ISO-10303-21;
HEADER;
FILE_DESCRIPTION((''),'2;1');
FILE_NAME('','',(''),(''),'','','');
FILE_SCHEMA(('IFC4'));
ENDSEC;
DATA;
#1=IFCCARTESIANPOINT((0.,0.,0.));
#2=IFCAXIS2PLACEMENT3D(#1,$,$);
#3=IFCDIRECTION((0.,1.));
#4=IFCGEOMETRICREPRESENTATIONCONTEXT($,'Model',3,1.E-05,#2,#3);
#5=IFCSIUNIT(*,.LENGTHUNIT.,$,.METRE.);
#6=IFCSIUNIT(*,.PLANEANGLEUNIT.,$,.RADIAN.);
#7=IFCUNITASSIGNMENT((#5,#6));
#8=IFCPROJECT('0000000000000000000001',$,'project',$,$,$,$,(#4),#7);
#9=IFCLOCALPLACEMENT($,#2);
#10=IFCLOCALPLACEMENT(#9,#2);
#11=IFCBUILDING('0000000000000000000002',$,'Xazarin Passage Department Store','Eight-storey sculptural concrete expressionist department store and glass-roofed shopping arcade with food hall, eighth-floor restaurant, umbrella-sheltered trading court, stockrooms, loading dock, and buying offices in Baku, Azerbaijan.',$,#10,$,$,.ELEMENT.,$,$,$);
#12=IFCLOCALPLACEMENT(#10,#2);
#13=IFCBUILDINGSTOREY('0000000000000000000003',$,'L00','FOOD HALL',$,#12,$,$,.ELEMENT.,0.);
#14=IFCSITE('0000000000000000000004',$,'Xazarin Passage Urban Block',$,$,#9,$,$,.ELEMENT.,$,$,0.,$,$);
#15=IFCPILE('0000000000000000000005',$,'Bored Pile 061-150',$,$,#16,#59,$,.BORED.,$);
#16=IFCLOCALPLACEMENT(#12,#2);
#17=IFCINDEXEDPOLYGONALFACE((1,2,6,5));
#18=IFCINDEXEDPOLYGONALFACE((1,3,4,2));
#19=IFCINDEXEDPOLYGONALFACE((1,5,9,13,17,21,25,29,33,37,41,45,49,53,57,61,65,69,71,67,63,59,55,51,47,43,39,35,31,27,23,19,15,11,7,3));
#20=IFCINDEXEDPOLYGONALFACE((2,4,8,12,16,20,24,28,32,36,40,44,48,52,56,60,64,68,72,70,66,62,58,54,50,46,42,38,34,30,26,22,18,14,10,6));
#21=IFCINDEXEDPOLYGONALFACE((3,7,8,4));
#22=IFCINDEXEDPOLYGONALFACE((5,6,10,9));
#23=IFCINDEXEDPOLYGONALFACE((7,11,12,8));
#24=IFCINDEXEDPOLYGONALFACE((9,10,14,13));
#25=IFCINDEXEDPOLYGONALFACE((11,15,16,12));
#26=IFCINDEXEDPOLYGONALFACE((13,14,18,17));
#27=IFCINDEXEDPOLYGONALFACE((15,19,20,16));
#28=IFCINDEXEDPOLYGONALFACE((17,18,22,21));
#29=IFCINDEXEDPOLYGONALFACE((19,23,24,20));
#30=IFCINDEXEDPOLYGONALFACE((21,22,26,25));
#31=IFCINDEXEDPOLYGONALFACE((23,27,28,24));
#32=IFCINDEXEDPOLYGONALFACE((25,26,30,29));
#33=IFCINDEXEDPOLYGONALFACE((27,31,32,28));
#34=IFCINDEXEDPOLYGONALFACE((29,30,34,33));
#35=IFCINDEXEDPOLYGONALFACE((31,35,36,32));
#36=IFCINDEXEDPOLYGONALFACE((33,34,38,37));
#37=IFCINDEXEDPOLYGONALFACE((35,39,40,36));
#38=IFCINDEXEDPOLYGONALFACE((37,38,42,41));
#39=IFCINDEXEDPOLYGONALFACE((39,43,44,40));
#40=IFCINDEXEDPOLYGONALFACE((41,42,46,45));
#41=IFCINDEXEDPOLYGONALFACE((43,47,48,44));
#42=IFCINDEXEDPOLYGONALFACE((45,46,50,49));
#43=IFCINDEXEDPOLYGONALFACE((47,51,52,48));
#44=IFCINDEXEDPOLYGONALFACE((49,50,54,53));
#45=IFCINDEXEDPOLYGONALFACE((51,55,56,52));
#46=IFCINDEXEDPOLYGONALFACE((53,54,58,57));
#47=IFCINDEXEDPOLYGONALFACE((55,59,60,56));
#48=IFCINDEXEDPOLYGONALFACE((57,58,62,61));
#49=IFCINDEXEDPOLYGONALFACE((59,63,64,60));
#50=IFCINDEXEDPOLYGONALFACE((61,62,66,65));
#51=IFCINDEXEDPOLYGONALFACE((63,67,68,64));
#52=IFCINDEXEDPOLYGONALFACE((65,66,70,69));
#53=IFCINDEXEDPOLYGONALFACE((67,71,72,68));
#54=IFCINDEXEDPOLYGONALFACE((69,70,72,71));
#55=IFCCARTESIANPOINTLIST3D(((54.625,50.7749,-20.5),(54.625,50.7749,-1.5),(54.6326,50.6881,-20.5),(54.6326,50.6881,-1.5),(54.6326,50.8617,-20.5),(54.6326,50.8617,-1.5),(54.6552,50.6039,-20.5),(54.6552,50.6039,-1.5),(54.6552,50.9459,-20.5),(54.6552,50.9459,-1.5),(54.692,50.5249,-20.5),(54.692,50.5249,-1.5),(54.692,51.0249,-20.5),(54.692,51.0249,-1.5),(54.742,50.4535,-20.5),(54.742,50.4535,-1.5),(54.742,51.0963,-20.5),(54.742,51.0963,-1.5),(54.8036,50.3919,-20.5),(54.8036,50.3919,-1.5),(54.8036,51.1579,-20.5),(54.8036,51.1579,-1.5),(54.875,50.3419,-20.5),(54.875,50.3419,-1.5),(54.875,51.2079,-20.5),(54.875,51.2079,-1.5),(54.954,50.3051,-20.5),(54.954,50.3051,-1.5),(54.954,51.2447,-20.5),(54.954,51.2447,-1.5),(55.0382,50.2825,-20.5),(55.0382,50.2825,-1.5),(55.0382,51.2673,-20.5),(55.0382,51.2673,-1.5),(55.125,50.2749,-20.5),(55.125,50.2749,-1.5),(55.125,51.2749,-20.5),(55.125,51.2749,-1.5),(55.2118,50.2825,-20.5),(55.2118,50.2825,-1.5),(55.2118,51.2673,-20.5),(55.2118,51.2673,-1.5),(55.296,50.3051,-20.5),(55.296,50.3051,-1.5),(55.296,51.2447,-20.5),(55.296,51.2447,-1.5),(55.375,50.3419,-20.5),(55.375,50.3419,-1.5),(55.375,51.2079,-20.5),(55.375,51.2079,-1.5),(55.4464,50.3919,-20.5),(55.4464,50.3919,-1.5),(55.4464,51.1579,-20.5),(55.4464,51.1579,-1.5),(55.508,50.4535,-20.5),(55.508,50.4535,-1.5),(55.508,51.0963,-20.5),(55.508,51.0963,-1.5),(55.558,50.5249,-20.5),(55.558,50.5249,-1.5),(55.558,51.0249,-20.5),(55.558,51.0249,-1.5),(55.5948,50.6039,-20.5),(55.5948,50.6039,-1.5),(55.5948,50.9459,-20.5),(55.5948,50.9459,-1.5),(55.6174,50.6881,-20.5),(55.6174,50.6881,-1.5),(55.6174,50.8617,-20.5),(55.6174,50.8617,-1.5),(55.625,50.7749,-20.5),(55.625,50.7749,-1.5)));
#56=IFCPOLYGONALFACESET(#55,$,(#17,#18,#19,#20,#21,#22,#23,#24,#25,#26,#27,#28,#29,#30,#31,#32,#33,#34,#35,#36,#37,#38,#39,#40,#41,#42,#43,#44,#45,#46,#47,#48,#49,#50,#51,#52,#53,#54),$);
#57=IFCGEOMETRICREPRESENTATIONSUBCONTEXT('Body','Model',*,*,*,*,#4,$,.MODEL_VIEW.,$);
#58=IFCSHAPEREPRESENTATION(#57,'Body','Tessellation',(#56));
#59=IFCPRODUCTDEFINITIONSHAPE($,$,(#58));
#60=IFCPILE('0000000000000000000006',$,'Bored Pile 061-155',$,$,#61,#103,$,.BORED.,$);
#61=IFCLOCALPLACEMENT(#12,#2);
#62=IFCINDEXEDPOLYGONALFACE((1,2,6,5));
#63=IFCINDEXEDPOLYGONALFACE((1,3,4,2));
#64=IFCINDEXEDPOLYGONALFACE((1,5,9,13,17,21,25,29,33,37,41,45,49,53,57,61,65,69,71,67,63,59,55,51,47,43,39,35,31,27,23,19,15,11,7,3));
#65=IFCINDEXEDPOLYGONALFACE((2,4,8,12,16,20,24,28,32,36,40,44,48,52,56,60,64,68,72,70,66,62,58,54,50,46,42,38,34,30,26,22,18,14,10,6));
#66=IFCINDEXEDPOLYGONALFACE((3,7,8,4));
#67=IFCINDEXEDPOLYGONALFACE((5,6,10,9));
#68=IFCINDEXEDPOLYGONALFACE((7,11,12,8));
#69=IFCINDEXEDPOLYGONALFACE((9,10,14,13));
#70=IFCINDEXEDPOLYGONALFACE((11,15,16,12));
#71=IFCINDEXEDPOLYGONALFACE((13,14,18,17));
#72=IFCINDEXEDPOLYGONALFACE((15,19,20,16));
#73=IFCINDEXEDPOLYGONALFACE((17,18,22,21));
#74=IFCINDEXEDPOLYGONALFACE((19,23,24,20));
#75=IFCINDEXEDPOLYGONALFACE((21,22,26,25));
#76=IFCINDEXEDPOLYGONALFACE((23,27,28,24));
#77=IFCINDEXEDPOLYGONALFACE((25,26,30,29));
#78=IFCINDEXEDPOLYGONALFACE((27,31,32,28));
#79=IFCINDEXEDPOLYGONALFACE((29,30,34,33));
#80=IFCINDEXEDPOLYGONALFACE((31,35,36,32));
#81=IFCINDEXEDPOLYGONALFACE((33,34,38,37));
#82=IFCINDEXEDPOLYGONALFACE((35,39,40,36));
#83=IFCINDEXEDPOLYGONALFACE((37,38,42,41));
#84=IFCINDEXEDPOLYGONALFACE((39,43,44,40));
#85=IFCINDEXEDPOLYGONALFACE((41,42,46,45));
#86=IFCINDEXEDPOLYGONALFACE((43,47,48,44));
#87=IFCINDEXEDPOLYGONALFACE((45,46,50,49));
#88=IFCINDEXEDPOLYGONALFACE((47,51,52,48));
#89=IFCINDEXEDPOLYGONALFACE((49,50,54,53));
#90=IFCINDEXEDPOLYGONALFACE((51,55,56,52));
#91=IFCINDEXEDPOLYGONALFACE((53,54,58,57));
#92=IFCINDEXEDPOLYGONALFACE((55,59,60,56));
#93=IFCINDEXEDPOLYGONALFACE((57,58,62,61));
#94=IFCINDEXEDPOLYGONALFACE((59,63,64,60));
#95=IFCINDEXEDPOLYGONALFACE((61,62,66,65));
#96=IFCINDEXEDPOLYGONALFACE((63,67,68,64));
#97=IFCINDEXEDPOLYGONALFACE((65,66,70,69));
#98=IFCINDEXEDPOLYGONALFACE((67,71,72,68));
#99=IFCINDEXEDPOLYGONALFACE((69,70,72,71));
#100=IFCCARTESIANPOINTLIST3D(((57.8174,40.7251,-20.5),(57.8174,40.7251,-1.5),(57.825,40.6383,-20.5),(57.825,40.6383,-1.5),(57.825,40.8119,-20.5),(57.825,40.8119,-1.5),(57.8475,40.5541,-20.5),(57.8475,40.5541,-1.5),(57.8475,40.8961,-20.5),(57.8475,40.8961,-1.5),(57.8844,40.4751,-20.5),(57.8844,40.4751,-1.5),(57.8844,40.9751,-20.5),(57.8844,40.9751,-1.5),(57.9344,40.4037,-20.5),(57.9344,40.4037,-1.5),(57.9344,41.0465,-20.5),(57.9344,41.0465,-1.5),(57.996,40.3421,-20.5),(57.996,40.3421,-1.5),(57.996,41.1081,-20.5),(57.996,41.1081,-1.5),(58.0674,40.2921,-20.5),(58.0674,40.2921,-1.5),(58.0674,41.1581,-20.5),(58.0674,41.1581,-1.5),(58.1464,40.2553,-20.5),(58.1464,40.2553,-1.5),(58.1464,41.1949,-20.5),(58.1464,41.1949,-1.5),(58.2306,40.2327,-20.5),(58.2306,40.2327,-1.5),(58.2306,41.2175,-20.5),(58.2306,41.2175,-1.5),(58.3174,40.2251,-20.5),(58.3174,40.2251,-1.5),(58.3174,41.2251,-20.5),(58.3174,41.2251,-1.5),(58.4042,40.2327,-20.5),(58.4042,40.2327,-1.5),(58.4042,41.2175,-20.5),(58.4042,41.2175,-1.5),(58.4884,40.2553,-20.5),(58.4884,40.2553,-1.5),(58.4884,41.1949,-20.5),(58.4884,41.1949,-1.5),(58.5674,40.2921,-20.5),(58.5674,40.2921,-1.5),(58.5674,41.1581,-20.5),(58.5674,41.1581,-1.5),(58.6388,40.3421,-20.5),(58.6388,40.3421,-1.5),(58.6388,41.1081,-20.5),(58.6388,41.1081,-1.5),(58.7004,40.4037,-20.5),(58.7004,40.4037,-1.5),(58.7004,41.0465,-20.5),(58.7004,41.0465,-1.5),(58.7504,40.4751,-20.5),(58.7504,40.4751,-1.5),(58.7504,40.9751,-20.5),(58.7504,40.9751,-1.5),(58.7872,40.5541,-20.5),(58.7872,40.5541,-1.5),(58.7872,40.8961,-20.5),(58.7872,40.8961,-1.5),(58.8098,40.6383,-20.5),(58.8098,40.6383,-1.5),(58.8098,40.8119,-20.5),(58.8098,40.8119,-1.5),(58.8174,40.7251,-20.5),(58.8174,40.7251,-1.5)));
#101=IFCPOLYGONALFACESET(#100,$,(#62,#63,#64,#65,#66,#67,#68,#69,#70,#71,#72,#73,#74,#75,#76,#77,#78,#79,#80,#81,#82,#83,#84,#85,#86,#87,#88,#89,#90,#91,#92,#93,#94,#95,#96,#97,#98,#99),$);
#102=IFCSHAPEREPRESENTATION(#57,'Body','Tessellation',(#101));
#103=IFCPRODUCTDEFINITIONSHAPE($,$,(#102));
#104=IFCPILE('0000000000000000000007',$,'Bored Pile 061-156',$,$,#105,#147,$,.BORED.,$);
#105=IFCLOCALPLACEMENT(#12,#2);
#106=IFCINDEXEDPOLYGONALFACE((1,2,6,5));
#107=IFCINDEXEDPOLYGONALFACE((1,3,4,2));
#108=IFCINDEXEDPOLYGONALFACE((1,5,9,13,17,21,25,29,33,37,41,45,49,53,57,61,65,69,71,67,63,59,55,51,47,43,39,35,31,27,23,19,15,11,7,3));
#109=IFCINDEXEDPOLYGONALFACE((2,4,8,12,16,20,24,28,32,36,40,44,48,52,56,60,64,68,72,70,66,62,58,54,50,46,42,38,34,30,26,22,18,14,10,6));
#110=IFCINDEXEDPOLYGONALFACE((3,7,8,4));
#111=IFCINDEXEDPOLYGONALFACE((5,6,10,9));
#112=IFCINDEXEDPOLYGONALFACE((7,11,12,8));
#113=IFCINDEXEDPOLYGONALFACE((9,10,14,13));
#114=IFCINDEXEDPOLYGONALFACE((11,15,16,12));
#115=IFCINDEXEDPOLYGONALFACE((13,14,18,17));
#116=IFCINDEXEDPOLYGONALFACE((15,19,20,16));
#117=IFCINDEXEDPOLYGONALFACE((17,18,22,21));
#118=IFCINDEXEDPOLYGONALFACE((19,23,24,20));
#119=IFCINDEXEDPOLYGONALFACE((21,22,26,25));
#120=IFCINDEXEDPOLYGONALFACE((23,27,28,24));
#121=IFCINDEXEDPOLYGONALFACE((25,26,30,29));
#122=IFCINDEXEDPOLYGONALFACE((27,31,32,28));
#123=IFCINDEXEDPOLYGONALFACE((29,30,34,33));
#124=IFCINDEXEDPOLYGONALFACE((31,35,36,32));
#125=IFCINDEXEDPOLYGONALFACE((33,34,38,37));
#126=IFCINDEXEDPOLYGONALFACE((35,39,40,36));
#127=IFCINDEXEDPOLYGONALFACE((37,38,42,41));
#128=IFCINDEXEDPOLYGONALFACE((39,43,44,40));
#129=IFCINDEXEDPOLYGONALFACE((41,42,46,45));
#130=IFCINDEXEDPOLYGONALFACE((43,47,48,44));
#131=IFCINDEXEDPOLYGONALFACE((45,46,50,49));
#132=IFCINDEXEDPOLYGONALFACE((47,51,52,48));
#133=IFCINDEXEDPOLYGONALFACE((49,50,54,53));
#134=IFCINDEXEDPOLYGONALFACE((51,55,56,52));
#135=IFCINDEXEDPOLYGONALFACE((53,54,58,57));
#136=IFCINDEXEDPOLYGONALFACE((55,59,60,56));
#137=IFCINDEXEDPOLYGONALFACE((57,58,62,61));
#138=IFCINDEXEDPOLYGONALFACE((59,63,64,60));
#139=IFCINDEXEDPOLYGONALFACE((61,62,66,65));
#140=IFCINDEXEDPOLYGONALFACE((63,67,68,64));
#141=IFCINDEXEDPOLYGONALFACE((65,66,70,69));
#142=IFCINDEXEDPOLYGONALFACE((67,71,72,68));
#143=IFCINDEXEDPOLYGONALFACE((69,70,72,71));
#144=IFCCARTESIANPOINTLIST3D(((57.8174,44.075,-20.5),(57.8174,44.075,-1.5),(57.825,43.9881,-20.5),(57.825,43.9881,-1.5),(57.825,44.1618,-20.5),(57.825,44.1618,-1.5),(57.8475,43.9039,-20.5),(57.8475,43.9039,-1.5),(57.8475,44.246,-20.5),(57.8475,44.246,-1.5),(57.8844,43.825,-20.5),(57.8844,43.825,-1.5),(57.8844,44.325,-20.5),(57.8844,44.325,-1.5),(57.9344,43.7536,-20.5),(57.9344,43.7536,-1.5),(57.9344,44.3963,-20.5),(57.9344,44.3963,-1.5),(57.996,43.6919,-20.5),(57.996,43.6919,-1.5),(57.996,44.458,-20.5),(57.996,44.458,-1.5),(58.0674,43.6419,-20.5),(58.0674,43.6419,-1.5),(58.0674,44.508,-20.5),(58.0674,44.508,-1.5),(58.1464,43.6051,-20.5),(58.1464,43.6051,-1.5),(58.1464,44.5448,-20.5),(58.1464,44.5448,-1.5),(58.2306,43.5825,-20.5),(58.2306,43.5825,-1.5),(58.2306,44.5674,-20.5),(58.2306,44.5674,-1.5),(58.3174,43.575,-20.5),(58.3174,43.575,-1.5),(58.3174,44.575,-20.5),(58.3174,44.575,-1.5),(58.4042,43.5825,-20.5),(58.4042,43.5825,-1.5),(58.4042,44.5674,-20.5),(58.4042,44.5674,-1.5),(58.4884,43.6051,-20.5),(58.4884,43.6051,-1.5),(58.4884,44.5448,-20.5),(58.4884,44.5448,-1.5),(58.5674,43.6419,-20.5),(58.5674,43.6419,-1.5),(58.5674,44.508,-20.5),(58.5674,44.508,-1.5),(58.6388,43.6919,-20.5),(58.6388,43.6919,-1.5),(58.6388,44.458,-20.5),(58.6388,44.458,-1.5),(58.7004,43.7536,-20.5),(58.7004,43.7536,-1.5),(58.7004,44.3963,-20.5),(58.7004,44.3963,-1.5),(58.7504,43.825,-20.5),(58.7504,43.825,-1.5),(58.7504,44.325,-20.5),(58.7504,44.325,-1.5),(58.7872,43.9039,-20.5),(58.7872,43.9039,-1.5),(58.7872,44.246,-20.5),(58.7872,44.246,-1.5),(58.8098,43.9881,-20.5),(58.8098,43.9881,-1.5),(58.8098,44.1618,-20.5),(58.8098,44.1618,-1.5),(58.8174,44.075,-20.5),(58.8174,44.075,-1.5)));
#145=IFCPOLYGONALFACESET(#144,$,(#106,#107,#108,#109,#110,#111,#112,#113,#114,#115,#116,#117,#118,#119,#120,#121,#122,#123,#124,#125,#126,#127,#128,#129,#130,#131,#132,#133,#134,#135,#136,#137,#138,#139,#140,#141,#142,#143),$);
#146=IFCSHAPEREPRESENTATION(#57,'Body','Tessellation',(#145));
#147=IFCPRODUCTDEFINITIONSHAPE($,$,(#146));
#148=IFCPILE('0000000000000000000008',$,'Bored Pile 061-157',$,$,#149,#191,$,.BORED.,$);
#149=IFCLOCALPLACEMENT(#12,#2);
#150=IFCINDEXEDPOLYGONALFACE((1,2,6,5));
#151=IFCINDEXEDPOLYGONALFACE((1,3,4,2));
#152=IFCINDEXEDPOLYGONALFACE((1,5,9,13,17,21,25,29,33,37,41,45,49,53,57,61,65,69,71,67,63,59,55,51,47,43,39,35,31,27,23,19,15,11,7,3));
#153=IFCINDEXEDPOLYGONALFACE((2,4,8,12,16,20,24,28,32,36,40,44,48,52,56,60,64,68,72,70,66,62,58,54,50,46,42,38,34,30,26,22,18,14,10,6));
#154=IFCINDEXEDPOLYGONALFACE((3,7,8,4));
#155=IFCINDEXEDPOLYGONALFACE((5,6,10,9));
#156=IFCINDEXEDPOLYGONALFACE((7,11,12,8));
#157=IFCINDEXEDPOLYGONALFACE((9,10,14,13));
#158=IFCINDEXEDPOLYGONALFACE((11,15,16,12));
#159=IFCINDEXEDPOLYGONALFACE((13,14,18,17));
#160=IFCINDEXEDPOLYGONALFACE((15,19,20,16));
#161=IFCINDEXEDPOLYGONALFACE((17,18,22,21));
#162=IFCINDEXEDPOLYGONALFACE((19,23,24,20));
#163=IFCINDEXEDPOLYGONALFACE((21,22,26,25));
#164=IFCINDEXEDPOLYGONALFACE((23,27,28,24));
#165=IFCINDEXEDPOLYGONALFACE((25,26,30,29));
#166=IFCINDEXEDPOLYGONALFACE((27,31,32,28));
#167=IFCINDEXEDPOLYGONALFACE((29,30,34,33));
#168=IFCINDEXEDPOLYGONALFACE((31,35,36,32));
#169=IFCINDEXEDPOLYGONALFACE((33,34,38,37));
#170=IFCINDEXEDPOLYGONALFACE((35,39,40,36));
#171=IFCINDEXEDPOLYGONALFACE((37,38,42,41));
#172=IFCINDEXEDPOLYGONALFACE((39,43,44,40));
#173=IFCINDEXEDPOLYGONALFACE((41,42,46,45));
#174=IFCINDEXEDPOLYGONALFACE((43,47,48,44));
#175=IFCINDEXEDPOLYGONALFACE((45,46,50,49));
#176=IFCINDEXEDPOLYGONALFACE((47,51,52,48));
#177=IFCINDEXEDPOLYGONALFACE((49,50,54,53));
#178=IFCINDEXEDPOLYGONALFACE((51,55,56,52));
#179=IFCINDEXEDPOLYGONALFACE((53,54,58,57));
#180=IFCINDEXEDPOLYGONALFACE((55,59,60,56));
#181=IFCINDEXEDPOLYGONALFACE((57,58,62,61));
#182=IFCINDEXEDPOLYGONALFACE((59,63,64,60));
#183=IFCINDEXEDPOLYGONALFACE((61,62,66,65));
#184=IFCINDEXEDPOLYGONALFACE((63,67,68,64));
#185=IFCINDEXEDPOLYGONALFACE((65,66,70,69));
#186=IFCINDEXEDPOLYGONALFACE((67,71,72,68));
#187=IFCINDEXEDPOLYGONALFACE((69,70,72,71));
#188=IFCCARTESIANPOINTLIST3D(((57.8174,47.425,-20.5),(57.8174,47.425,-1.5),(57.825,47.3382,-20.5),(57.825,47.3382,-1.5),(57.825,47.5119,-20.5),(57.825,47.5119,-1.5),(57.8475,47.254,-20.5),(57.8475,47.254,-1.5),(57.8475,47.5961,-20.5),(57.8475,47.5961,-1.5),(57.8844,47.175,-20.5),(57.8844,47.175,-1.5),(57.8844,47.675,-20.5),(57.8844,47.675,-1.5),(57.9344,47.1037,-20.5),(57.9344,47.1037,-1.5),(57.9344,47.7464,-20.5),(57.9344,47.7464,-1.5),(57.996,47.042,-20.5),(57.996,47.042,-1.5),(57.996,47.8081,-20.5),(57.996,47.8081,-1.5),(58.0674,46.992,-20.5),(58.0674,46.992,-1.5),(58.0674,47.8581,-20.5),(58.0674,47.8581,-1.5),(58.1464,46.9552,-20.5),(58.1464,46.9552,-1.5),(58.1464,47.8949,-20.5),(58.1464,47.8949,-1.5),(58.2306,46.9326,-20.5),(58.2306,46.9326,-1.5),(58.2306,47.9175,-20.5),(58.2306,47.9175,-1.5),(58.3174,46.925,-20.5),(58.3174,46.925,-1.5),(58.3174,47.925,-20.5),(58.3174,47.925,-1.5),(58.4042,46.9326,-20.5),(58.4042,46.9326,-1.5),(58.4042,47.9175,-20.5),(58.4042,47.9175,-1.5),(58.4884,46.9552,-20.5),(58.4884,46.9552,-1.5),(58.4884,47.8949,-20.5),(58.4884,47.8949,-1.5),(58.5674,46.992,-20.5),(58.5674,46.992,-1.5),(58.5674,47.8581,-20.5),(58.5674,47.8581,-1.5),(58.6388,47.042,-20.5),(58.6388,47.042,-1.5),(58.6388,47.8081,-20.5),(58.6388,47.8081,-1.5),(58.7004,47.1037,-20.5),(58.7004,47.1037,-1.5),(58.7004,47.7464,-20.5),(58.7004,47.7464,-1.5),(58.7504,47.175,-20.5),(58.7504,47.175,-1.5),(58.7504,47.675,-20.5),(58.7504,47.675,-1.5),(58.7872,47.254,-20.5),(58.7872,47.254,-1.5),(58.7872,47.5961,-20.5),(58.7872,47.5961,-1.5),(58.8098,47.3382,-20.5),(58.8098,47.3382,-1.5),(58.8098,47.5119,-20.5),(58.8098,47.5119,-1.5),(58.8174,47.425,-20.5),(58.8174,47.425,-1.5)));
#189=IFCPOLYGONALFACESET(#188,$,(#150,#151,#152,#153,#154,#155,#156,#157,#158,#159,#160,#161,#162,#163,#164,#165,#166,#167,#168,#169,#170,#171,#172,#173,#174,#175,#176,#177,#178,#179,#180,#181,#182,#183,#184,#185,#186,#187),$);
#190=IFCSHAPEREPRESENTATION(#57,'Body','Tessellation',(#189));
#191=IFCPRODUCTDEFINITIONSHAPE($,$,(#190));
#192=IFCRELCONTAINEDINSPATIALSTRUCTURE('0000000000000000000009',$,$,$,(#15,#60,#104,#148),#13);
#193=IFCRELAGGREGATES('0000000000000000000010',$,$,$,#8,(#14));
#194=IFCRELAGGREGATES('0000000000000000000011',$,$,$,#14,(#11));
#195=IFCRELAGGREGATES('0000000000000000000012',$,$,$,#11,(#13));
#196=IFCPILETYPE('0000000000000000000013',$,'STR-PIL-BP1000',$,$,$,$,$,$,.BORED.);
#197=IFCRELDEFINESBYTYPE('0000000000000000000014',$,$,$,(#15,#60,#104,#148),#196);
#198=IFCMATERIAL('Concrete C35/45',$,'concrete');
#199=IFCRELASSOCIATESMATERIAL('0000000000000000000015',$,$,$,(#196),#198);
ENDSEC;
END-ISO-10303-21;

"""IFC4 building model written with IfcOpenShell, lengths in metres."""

from ifc_helpers import new_model, si_unit, direction, frame, origin, origin_2d, place, context, subcontext, project, spatial, circle, extrude, material, material_profile, profile_set, type_object, element, save


model = new_model("IFC4")

# Units and contexts
model_context = context("Model", 3, precision=1e-05, world=origin(), true_north=direction((0.0, 1.0)))
body_context = subcontext(model_context, "Body", "Model", "MODEL_VIEW")
ifc_project = project(units=[si_unit("LENGTHUNIT", "METRE"), si_unit("PLANEANGLEUNIT", "RADIAN")], contexts=[model_context])

# Site, building, storey
site_placement = place(None, origin())
site = spatial("IfcSite", under=ifc_project, at=site_placement, Name="Xazarin Passage Urban Block", CompositionType="ELEMENT", RefElevation=0.0)
building_placement = place(site_placement, origin())
building = spatial("IfcBuilding", under=site, at=building_placement, Name="Xazarin Passage Department Store", Description="Eight-storey sculptural concrete expressionist department store and glass-roofed shopping arcade with food hall, eighth-floor restaurant, umbrella-sheltered trading court, stockrooms, loading dock, and buying offices in Baku, Azerbaijan.", CompositionType="ELEMENT")
storey_placement = place(building_placement, origin())
storey = spatial("IfcBuildingStorey", under=building, at=storey_placement, Name="L00", Description="FOOD HALL", CompositionType="ELEMENT", Elevation=0.0)

# Piles
ifc_material_1 = material(Name="Concrete C35/45", Category="concrete")
ifc_material_profile_1 = material_profile(ifc_material_1, circle(Radius=0.5, at=origin_2d()), Name="BP 1000")
ifc_profile_set_1 = profile_set([ifc_material_profile_1], Name="Concrete C35/45")
pile_type_1 = type_object("IfcPileType", Name="STR-PIL-BP1000", PredefinedType="BORED", material=ifc_profile_set_1)
for number, where, z_axis, x_axis, name in (
    (1, (55.125, 50.7749, -1.5), (0.0, 0.0, -1.0), (1.0, 0.0, 0.0), "Bored Pile 061-150"),
    (2, (58.3174, 40.7251, -1.5), (0.0, 0.0, -1.0), (1.0, 0.0, 0.0), "Bored Pile 061-155"),
    (3, (58.3174, 44.075, -1.5), (0.0, 0.0, -1.0), (1.0, 0.0, 0.0), "Bored Pile 061-156"),
    (4, (58.3174, 47.425, -1.5), (0.0, 0.0, -1.0), (1.0, 0.0, 0.0), "Bored Pile 061-157"),
):
    element("IfcPile", number, at=place(storey_placement, frame(where, z_axis=z_axis, x_axis=x_axis)), inside=storey, type_object=pile_type_1, Name=name, PredefinedType="BORED", context=body_context, shape_type="SweptSolid", body=[
        extrude(circle(Radius=0.5, at=origin_2d()), origin(), (0.0, 0.0, 1.0), 19.0),
    ])

save(model, "model.ifc")
